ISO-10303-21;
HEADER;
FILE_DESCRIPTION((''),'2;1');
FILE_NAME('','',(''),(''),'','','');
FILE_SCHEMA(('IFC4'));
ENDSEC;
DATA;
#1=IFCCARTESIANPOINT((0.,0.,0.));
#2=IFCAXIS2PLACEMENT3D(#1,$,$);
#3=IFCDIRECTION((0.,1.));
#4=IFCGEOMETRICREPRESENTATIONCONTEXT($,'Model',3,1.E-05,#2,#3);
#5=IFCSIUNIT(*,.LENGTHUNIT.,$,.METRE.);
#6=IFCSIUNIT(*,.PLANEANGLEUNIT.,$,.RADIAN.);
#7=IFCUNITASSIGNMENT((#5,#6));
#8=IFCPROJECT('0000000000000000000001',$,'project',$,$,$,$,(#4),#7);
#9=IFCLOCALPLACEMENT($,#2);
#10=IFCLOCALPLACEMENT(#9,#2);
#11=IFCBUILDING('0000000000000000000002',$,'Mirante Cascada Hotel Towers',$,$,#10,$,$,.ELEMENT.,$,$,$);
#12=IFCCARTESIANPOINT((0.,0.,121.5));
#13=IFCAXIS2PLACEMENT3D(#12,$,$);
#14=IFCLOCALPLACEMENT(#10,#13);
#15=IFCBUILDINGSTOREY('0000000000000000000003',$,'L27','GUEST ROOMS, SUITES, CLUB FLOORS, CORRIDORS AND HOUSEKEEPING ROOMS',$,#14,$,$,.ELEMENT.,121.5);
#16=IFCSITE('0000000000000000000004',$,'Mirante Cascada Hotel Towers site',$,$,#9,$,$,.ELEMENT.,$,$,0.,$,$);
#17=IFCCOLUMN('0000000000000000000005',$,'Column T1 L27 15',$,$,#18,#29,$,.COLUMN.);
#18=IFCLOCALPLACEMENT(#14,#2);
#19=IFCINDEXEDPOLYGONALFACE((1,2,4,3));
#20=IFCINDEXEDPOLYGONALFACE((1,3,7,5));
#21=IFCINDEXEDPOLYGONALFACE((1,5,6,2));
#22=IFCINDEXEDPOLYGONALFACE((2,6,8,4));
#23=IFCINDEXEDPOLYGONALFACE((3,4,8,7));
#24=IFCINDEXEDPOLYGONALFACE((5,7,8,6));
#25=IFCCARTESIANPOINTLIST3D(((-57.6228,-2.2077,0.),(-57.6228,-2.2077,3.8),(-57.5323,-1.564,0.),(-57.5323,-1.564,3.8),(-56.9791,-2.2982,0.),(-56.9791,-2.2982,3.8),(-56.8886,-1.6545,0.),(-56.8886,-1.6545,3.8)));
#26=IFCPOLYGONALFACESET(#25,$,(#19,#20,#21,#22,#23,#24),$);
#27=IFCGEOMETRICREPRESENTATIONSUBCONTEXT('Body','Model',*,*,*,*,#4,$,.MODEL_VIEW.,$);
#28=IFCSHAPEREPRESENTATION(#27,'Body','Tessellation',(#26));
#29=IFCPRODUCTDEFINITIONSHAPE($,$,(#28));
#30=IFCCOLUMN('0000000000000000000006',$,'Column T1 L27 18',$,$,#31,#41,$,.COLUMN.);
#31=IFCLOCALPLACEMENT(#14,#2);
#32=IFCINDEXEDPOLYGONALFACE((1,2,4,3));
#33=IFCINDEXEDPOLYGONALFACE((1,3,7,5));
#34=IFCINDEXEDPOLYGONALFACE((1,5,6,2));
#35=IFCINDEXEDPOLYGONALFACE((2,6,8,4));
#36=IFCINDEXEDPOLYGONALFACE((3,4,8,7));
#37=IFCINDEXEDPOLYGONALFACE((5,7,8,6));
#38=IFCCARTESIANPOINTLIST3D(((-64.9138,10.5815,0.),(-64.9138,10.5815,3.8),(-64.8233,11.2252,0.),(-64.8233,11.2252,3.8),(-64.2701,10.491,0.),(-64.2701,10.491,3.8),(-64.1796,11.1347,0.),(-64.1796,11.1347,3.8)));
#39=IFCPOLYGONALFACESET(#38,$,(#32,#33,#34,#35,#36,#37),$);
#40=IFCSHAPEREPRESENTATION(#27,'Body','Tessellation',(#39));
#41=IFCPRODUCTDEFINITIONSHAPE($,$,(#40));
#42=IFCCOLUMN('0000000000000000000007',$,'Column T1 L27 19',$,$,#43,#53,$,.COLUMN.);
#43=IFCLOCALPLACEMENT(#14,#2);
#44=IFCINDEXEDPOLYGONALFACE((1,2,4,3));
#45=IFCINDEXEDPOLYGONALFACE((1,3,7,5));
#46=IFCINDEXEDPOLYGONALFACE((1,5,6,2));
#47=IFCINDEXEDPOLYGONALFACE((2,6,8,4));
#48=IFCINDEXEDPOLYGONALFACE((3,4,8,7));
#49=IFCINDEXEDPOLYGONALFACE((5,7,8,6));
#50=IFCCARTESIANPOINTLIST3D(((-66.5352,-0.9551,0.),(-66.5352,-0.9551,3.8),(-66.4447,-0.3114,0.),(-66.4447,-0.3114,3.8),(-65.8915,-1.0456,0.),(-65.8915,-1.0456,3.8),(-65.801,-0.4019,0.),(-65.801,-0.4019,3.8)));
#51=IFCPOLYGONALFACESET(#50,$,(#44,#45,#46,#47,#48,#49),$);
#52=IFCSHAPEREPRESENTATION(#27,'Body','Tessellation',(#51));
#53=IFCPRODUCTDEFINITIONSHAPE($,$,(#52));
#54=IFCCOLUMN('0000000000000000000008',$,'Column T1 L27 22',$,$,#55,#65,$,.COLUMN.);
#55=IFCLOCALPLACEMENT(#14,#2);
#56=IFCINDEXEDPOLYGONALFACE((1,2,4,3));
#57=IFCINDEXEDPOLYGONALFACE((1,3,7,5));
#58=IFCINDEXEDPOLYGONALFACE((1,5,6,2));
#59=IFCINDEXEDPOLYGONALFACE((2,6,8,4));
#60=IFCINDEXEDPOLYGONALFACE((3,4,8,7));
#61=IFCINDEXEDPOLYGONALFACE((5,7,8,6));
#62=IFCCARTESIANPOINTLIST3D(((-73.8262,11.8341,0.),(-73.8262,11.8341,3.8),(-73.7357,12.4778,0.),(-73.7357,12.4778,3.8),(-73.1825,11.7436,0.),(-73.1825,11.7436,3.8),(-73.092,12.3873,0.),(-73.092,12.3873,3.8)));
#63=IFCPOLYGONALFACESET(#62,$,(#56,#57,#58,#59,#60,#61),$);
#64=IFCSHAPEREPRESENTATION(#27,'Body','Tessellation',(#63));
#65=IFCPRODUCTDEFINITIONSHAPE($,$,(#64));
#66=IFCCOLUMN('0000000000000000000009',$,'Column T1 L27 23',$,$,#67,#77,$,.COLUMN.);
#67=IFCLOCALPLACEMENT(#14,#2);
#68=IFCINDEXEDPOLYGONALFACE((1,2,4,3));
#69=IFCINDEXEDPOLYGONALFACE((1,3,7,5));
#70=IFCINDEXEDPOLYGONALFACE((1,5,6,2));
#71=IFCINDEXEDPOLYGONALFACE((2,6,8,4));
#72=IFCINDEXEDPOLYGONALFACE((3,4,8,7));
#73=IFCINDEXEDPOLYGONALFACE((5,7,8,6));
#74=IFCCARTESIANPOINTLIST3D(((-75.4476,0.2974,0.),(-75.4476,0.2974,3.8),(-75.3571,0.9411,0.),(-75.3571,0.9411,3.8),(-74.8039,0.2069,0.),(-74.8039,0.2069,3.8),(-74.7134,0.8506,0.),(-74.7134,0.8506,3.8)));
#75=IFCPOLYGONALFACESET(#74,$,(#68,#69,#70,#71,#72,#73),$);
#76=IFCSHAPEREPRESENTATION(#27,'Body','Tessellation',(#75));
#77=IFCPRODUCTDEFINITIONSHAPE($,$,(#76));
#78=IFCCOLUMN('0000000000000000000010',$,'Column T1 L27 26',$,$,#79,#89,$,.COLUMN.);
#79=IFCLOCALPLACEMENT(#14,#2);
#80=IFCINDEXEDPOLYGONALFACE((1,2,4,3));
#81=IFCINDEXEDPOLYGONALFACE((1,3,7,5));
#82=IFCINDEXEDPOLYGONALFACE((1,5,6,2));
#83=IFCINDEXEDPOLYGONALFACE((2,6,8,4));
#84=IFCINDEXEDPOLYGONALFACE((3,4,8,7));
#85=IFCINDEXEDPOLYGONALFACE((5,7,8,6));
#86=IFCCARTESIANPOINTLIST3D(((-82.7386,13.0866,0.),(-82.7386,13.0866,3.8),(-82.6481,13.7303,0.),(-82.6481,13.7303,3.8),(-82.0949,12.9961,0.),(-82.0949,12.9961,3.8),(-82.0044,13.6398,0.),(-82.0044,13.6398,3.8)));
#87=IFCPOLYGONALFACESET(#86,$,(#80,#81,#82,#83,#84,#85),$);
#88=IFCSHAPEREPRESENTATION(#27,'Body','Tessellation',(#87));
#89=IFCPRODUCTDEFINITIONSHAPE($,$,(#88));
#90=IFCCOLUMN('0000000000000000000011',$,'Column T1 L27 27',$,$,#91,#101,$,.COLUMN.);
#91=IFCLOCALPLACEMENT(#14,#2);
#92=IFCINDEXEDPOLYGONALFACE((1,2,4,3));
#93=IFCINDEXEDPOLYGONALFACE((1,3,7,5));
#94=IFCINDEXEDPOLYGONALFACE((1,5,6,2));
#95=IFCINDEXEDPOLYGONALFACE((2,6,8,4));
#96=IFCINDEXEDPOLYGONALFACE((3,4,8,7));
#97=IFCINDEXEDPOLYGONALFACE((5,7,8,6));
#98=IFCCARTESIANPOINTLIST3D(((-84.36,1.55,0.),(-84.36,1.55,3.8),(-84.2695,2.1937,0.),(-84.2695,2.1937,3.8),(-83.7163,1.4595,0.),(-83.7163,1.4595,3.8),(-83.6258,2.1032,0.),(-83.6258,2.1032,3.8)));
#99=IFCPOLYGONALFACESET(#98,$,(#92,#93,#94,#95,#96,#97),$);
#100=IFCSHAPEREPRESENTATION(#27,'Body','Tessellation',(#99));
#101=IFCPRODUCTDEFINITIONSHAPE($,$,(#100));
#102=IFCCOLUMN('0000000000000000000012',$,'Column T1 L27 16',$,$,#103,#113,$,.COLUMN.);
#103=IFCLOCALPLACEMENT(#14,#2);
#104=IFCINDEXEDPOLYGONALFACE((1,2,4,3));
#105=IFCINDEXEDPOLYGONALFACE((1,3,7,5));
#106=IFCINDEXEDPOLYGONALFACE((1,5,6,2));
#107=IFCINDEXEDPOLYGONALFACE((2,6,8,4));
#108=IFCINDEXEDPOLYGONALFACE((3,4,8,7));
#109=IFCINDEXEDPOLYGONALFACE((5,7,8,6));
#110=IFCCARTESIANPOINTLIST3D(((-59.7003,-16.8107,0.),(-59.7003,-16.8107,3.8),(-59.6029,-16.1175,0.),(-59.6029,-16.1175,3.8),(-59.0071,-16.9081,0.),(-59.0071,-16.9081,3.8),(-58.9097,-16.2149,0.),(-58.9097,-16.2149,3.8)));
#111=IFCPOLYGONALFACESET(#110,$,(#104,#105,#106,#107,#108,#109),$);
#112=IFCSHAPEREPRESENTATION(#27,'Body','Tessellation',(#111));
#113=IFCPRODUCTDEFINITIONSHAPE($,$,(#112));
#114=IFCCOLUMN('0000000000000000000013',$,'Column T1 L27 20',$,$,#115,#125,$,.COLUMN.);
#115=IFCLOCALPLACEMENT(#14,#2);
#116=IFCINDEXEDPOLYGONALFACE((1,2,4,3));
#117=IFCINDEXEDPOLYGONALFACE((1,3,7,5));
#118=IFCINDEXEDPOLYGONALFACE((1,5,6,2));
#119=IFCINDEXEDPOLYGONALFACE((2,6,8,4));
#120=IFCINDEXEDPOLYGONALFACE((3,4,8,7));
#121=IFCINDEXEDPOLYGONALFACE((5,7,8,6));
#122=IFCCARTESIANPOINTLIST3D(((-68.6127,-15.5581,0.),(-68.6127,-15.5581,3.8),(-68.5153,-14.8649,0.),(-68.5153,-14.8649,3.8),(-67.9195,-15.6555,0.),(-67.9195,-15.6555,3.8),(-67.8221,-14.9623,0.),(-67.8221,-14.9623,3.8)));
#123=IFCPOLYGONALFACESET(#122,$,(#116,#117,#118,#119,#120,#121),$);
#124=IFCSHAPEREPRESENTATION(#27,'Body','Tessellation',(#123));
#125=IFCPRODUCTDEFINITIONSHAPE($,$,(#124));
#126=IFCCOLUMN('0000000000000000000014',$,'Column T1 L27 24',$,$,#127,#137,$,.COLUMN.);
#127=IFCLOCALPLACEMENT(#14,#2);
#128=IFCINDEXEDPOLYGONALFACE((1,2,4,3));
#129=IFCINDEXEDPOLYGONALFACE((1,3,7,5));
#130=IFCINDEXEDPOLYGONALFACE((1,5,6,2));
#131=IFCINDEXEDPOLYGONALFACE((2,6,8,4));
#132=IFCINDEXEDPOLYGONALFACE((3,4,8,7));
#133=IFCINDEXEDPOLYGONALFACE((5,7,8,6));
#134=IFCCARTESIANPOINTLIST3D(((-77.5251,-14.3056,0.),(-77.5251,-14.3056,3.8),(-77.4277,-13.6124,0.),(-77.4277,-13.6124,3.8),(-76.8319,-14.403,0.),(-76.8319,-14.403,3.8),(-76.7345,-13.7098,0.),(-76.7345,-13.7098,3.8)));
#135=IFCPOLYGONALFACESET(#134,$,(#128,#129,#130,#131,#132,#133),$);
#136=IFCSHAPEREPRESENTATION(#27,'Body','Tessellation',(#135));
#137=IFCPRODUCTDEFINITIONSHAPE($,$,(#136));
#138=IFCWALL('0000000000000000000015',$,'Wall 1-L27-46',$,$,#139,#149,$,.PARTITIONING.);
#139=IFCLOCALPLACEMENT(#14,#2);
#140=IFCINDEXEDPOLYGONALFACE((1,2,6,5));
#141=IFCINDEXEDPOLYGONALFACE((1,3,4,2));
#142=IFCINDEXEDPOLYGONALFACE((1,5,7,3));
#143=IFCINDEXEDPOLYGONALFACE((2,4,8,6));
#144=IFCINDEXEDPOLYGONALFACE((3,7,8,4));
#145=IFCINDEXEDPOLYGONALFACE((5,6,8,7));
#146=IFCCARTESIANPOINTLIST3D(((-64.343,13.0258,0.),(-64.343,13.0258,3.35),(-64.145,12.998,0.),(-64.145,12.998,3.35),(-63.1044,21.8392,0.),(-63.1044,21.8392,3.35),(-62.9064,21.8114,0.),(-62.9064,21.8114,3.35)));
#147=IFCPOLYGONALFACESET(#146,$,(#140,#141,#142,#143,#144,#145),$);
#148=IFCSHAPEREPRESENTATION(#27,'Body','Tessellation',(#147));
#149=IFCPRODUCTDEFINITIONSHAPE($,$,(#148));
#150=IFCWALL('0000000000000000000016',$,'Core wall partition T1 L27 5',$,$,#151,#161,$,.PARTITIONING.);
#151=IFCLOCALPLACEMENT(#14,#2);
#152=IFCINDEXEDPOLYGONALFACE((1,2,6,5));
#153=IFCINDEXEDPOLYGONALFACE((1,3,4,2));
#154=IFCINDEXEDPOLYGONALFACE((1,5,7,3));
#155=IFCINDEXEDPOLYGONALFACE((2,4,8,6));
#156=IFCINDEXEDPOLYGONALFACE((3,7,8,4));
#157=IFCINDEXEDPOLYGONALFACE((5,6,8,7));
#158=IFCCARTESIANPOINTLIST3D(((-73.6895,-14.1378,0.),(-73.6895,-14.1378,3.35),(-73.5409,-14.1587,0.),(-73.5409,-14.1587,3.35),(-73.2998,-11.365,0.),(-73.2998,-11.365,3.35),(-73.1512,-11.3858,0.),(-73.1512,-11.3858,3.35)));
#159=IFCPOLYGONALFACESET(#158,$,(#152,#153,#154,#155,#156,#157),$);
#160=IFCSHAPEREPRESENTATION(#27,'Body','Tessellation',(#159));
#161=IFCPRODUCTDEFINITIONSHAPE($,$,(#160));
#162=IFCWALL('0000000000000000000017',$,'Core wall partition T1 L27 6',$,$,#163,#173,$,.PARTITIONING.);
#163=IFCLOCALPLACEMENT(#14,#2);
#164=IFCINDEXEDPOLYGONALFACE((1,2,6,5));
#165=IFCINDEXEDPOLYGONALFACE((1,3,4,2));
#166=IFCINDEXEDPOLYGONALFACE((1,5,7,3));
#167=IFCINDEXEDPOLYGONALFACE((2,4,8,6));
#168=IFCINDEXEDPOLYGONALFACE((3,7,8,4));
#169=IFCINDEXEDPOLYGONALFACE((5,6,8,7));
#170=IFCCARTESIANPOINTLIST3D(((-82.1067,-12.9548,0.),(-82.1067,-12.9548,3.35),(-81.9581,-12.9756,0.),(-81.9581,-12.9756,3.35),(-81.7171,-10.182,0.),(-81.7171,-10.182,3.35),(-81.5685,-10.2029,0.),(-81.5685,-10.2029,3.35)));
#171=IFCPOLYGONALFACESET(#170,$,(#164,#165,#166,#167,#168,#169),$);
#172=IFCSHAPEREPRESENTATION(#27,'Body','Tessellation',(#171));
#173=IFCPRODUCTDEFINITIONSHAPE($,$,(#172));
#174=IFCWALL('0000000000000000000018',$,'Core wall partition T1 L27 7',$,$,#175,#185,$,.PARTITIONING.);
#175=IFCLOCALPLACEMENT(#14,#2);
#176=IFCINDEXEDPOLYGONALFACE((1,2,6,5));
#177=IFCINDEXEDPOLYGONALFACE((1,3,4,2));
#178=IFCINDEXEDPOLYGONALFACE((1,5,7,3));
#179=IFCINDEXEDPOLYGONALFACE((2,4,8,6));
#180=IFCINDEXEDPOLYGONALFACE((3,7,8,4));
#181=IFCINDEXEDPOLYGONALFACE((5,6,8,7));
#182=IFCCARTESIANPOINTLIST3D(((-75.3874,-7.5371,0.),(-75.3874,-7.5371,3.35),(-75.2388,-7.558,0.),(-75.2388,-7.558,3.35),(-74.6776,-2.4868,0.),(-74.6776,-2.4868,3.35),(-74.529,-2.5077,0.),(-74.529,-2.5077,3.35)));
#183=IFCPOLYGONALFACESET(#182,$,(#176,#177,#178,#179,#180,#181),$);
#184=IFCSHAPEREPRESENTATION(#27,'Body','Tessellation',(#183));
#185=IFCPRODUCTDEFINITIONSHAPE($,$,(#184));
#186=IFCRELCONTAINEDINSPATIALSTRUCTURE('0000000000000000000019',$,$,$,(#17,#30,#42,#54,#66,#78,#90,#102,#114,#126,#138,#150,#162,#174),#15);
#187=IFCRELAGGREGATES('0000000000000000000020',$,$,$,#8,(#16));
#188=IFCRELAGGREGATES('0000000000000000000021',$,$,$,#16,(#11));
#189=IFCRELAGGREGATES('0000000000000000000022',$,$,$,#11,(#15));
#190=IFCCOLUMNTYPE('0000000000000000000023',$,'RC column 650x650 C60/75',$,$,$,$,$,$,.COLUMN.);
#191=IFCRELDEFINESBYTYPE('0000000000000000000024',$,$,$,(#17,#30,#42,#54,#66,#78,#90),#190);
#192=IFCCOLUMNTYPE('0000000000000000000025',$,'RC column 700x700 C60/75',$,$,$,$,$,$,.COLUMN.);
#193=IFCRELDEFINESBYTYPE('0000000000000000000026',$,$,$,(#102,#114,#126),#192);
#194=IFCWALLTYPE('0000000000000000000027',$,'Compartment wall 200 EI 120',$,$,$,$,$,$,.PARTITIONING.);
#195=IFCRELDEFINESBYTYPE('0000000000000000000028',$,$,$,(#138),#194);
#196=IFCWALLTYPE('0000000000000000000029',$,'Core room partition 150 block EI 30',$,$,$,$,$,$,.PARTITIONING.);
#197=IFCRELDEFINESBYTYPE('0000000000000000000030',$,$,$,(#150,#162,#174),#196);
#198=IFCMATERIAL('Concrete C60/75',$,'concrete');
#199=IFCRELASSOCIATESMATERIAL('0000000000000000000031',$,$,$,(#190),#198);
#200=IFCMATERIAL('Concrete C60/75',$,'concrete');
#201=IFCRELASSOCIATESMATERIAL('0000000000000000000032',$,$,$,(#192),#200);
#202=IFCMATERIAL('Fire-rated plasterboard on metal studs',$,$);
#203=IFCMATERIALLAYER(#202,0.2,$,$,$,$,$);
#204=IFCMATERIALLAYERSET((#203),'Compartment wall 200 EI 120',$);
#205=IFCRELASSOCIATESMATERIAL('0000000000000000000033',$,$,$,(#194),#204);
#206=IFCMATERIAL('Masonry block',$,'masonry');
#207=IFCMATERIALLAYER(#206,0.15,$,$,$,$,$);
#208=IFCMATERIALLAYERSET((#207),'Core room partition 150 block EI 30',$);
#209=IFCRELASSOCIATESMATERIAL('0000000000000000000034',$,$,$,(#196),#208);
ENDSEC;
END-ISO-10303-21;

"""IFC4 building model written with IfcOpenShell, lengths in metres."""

from ifc_helpers import new_model, si_unit, direction, frame, frame_2d, origin, origin_2d, place, context, subcontext, project, spatial, rectangle, extrude, material, layer, layer_set, material_profile, profile_set, type_object, element, save


model = new_model("IFC4")

# Units and contexts
model_context = context("Model", 3, precision=1e-05, world=origin(), true_north=direction((0.0, 1.0)))
body_context = subcontext(model_context, "Body", "Model", "MODEL_VIEW")
ifc_project = project(units=[si_unit("LENGTHUNIT", "METRE"), si_unit("PLANEANGLEUNIT", "RADIAN")], contexts=[model_context])

# Site, building, storey
site_placement = place(None, origin())
site = spatial("IfcSite", under=ifc_project, at=site_placement, Name="Mirante Cascada Hotel Towers site", CompositionType="ELEMENT", RefElevation=0.0)
building_placement = place(site_placement, origin())
building = spatial("IfcBuilding", under=site, at=building_placement, Name="Mirante Cascada Hotel Towers", CompositionType="ELEMENT")
storey_placement = place(building_placement, frame((0.0, 0.0, 121.5)))
storey = spatial("IfcBuildingStorey", under=building, at=storey_placement, Name="L27", Description="GUEST ROOMS, SUITES, CLUB FLOORS, CORRIDORS AND HOUSEKEEPING ROOMS", CompositionType="ELEMENT", Elevation=121.5)

# Columns
ifc_material_1 = material(Name="Concrete C60/75", Category="concrete")
ifc_material_profile_1 = material_profile(ifc_material_1, rectangle(XDim=0.65, YDim=0.65, at=origin_2d()), Name="RC column 650x650 C60/75")
ifc_profile_set_1 = profile_set([ifc_material_profile_1], Name="Concrete C60/75")
column_type_1 = type_object("IfcColumnType", Name="RC column 650x650 C60/75", PredefinedType="COLUMN", material=ifc_profile_set_1)
for number, where, z_axis, x_axis, name in (
    (1, (-57.2557, -1.9311, 0.0), (0.0, 0.0, 1.0), (-0.990268, 0.139173, 0.0), "Column T1 L27 15"),
    (2, (-64.5467, 10.8581, 0.0), (0.0, 0.0, 1.0), (-0.990268, 0.139173, 0.0), "Column T1 L27 18"),
    (3, (-66.1681, -0.6785, 0.0), (0.0, 0.0, 1.0), (-0.990268, 0.139173, 0.0), "Column T1 L27 19"),
    (4, (-73.4591, 12.1107, 0.0), (0.0, 0.0, 1.0), (-0.990268, 0.139173, 0.0), "Column T1 L27 22"),
    (5, (-75.0805, 0.574, 0.0), (0.0, 0.0, 1.0), (-0.990268, 0.139173, 0.0), "Column T1 L27 23"),
    (6, (-82.3715, 13.3632, 0.0), (0.0, 0.0, 1.0), (-0.990268, 0.139173, 0.0), "Column T1 L27 26"),
    (7, (-83.9929, 1.8266, 0.0), (0.0, 0.0, 1.0), (-0.990268, 0.139173, 0.0), "Column T1 L27 27"),
):
    element("IfcColumn", number, at=place(storey_placement, frame(where, z_axis=z_axis, x_axis=x_axis)), inside=storey, type_object=column_type_1, Name=name, PredefinedType="COLUMN", context=body_context, shape_type="SweptSolid", body=[
        extrude(rectangle(XDim=0.65, YDim=0.65, at=origin_2d()), origin(), (0.0, 0.0, 1.0), 3.8),
    ])
ifc_material_2 = material(Name="Concrete C60/75", Category="concrete")
ifc_material_profile_2 = material_profile(ifc_material_2, rectangle(XDim=0.7, YDim=0.7, at=origin_2d()), Name="RC column 700x700 C60/75")
ifc_profile_set_2 = profile_set([ifc_material_profile_2], Name="Concrete C60/75")
column_type_2 = type_object("IfcColumnType", Name="RC column 700x700 C60/75", PredefinedType="COLUMN", material=ifc_profile_set_2)
for number, where, z_axis, x_axis, name in (
    (8, (-59.305, -16.5128, 0.0), (0.0, 0.0, 1.0), (-0.990268, 0.139173, 0.0), "Column T1 L27 16"),
    (9, (-68.2174, -15.2602, 0.0), (0.0, 0.0, 1.0), (-0.990268, 0.139173, 0.0), "Column T1 L27 20"),
    (10, (-77.1298, -14.0077, 0.0), (0.0, 0.0, 1.0), (-0.990268, 0.139173, 0.0), "Column T1 L27 24"),
):
    element("IfcColumn", number, at=place(storey_placement, frame(where, z_axis=z_axis, x_axis=x_axis)), inside=storey, type_object=column_type_2, Name=name, PredefinedType="COLUMN", context=body_context, shape_type="SweptSolid", body=[
        extrude(rectangle(XDim=0.7, YDim=0.7, at=origin_2d()), origin(), (0.0, 0.0, 1.0), 3.8),
    ])

# Walls
ifc_material_3 = material(Name="Fire-rated plasterboard on metal studs")
ifc_layer_1 = layer(ifc_material_3, 0.2)
ifc_layer_set_1 = layer_set([ifc_layer_1], Name="Compartment wall 200 EI 120")
wall_type_1 = type_object("IfcWallType", Name="Compartment wall 200 EI 120", PredefinedType="PARTITIONING", material=ifc_layer_set_1)
wall_1_placement = place(storey_placement, frame((-64.244, 13.0119, 0.0), z_axis=(0.0, 0.0, 1.0), x_axis=(0.139168, 0.990269, 0.0)))
element("IfcWall", 11, at=wall_1_placement, inside=storey, type_object=wall_type_1, Name="Wall 1-L27-46", PredefinedType="PARTITIONING", context=body_context, shape_type="SweptSolid", body=[
    extrude(rectangle(XDim=8.9, YDim=0.2, at=frame_2d((4.45, 0.0))), origin(), (0.0, 0.0, 1.0), 3.35),
])
ifc_material_4 = material(Name="Masonry block", Category="masonry")
ifc_layer_2 = layer(ifc_material_4, 0.15)
ifc_layer_set_2 = layer_set([ifc_layer_2], Name="Core room partition 150 block EI 30")
wall_type_2 = type_object("IfcWallType", Name="Core room partition 150 block EI 30", PredefinedType="PARTITIONING", material=ifc_layer_set_2)
wall_2_placement = place(storey_placement, frame((-73.6152, -14.1482, 0.0), z_axis=(0.0, 0.0, 1.0), x_axis=(0.139176, 0.990268, 0.0)))
element("IfcWall", 12, at=wall_2_placement, inside=storey, type_object=wall_type_2, Name="Core wall partition T1 L27 5", PredefinedType="PARTITIONING", context=body_context, shape_type="SweptSolid", body=[
    extrude(rectangle(XDim=2.8001, YDim=0.15, at=frame_2d((1.4, 0.0))), origin(), (0.0, 0.0, 1.0), 3.35),
])
wall_3_placement = place(storey_placement, frame((-82.0324, -12.9652, 0.0), z_axis=(0.0, 0.0, 1.0), x_axis=(0.139141, 0.990273, 0.0)))
element("IfcWall", 13, at=wall_3_placement, inside=storey, type_object=wall_type_2, Name="Core wall partition T1 L27 6", PredefinedType="PARTITIONING", context=body_context, shape_type="SweptSolid", body=[
    extrude(rectangle(XDim=2.8, YDim=0.15, at=frame_2d((1.4, 0.0))), origin(), (0.0, 0.0, 1.0), 3.35),
])
wall_4_placement = place(storey_placement, frame((-75.3131, -7.5476, 0.0), z_axis=(0.0, 0.0, 1.0), x_axis=(0.139178, 0.990267, 0.0)))
element("IfcWall", 14, at=wall_4_placement, inside=storey, type_object=wall_type_2, Name="Core wall partition T1 L27 7", PredefinedType="PARTITIONING", context=body_context, shape_type="SweptSolid", body=[
    extrude(rectangle(XDim=5.0999, YDim=0.15, at=frame_2d((2.55, 0.0))), origin(), (0.0, 0.0, 1.0), 3.35),
])

save(model, "model.ifc")
